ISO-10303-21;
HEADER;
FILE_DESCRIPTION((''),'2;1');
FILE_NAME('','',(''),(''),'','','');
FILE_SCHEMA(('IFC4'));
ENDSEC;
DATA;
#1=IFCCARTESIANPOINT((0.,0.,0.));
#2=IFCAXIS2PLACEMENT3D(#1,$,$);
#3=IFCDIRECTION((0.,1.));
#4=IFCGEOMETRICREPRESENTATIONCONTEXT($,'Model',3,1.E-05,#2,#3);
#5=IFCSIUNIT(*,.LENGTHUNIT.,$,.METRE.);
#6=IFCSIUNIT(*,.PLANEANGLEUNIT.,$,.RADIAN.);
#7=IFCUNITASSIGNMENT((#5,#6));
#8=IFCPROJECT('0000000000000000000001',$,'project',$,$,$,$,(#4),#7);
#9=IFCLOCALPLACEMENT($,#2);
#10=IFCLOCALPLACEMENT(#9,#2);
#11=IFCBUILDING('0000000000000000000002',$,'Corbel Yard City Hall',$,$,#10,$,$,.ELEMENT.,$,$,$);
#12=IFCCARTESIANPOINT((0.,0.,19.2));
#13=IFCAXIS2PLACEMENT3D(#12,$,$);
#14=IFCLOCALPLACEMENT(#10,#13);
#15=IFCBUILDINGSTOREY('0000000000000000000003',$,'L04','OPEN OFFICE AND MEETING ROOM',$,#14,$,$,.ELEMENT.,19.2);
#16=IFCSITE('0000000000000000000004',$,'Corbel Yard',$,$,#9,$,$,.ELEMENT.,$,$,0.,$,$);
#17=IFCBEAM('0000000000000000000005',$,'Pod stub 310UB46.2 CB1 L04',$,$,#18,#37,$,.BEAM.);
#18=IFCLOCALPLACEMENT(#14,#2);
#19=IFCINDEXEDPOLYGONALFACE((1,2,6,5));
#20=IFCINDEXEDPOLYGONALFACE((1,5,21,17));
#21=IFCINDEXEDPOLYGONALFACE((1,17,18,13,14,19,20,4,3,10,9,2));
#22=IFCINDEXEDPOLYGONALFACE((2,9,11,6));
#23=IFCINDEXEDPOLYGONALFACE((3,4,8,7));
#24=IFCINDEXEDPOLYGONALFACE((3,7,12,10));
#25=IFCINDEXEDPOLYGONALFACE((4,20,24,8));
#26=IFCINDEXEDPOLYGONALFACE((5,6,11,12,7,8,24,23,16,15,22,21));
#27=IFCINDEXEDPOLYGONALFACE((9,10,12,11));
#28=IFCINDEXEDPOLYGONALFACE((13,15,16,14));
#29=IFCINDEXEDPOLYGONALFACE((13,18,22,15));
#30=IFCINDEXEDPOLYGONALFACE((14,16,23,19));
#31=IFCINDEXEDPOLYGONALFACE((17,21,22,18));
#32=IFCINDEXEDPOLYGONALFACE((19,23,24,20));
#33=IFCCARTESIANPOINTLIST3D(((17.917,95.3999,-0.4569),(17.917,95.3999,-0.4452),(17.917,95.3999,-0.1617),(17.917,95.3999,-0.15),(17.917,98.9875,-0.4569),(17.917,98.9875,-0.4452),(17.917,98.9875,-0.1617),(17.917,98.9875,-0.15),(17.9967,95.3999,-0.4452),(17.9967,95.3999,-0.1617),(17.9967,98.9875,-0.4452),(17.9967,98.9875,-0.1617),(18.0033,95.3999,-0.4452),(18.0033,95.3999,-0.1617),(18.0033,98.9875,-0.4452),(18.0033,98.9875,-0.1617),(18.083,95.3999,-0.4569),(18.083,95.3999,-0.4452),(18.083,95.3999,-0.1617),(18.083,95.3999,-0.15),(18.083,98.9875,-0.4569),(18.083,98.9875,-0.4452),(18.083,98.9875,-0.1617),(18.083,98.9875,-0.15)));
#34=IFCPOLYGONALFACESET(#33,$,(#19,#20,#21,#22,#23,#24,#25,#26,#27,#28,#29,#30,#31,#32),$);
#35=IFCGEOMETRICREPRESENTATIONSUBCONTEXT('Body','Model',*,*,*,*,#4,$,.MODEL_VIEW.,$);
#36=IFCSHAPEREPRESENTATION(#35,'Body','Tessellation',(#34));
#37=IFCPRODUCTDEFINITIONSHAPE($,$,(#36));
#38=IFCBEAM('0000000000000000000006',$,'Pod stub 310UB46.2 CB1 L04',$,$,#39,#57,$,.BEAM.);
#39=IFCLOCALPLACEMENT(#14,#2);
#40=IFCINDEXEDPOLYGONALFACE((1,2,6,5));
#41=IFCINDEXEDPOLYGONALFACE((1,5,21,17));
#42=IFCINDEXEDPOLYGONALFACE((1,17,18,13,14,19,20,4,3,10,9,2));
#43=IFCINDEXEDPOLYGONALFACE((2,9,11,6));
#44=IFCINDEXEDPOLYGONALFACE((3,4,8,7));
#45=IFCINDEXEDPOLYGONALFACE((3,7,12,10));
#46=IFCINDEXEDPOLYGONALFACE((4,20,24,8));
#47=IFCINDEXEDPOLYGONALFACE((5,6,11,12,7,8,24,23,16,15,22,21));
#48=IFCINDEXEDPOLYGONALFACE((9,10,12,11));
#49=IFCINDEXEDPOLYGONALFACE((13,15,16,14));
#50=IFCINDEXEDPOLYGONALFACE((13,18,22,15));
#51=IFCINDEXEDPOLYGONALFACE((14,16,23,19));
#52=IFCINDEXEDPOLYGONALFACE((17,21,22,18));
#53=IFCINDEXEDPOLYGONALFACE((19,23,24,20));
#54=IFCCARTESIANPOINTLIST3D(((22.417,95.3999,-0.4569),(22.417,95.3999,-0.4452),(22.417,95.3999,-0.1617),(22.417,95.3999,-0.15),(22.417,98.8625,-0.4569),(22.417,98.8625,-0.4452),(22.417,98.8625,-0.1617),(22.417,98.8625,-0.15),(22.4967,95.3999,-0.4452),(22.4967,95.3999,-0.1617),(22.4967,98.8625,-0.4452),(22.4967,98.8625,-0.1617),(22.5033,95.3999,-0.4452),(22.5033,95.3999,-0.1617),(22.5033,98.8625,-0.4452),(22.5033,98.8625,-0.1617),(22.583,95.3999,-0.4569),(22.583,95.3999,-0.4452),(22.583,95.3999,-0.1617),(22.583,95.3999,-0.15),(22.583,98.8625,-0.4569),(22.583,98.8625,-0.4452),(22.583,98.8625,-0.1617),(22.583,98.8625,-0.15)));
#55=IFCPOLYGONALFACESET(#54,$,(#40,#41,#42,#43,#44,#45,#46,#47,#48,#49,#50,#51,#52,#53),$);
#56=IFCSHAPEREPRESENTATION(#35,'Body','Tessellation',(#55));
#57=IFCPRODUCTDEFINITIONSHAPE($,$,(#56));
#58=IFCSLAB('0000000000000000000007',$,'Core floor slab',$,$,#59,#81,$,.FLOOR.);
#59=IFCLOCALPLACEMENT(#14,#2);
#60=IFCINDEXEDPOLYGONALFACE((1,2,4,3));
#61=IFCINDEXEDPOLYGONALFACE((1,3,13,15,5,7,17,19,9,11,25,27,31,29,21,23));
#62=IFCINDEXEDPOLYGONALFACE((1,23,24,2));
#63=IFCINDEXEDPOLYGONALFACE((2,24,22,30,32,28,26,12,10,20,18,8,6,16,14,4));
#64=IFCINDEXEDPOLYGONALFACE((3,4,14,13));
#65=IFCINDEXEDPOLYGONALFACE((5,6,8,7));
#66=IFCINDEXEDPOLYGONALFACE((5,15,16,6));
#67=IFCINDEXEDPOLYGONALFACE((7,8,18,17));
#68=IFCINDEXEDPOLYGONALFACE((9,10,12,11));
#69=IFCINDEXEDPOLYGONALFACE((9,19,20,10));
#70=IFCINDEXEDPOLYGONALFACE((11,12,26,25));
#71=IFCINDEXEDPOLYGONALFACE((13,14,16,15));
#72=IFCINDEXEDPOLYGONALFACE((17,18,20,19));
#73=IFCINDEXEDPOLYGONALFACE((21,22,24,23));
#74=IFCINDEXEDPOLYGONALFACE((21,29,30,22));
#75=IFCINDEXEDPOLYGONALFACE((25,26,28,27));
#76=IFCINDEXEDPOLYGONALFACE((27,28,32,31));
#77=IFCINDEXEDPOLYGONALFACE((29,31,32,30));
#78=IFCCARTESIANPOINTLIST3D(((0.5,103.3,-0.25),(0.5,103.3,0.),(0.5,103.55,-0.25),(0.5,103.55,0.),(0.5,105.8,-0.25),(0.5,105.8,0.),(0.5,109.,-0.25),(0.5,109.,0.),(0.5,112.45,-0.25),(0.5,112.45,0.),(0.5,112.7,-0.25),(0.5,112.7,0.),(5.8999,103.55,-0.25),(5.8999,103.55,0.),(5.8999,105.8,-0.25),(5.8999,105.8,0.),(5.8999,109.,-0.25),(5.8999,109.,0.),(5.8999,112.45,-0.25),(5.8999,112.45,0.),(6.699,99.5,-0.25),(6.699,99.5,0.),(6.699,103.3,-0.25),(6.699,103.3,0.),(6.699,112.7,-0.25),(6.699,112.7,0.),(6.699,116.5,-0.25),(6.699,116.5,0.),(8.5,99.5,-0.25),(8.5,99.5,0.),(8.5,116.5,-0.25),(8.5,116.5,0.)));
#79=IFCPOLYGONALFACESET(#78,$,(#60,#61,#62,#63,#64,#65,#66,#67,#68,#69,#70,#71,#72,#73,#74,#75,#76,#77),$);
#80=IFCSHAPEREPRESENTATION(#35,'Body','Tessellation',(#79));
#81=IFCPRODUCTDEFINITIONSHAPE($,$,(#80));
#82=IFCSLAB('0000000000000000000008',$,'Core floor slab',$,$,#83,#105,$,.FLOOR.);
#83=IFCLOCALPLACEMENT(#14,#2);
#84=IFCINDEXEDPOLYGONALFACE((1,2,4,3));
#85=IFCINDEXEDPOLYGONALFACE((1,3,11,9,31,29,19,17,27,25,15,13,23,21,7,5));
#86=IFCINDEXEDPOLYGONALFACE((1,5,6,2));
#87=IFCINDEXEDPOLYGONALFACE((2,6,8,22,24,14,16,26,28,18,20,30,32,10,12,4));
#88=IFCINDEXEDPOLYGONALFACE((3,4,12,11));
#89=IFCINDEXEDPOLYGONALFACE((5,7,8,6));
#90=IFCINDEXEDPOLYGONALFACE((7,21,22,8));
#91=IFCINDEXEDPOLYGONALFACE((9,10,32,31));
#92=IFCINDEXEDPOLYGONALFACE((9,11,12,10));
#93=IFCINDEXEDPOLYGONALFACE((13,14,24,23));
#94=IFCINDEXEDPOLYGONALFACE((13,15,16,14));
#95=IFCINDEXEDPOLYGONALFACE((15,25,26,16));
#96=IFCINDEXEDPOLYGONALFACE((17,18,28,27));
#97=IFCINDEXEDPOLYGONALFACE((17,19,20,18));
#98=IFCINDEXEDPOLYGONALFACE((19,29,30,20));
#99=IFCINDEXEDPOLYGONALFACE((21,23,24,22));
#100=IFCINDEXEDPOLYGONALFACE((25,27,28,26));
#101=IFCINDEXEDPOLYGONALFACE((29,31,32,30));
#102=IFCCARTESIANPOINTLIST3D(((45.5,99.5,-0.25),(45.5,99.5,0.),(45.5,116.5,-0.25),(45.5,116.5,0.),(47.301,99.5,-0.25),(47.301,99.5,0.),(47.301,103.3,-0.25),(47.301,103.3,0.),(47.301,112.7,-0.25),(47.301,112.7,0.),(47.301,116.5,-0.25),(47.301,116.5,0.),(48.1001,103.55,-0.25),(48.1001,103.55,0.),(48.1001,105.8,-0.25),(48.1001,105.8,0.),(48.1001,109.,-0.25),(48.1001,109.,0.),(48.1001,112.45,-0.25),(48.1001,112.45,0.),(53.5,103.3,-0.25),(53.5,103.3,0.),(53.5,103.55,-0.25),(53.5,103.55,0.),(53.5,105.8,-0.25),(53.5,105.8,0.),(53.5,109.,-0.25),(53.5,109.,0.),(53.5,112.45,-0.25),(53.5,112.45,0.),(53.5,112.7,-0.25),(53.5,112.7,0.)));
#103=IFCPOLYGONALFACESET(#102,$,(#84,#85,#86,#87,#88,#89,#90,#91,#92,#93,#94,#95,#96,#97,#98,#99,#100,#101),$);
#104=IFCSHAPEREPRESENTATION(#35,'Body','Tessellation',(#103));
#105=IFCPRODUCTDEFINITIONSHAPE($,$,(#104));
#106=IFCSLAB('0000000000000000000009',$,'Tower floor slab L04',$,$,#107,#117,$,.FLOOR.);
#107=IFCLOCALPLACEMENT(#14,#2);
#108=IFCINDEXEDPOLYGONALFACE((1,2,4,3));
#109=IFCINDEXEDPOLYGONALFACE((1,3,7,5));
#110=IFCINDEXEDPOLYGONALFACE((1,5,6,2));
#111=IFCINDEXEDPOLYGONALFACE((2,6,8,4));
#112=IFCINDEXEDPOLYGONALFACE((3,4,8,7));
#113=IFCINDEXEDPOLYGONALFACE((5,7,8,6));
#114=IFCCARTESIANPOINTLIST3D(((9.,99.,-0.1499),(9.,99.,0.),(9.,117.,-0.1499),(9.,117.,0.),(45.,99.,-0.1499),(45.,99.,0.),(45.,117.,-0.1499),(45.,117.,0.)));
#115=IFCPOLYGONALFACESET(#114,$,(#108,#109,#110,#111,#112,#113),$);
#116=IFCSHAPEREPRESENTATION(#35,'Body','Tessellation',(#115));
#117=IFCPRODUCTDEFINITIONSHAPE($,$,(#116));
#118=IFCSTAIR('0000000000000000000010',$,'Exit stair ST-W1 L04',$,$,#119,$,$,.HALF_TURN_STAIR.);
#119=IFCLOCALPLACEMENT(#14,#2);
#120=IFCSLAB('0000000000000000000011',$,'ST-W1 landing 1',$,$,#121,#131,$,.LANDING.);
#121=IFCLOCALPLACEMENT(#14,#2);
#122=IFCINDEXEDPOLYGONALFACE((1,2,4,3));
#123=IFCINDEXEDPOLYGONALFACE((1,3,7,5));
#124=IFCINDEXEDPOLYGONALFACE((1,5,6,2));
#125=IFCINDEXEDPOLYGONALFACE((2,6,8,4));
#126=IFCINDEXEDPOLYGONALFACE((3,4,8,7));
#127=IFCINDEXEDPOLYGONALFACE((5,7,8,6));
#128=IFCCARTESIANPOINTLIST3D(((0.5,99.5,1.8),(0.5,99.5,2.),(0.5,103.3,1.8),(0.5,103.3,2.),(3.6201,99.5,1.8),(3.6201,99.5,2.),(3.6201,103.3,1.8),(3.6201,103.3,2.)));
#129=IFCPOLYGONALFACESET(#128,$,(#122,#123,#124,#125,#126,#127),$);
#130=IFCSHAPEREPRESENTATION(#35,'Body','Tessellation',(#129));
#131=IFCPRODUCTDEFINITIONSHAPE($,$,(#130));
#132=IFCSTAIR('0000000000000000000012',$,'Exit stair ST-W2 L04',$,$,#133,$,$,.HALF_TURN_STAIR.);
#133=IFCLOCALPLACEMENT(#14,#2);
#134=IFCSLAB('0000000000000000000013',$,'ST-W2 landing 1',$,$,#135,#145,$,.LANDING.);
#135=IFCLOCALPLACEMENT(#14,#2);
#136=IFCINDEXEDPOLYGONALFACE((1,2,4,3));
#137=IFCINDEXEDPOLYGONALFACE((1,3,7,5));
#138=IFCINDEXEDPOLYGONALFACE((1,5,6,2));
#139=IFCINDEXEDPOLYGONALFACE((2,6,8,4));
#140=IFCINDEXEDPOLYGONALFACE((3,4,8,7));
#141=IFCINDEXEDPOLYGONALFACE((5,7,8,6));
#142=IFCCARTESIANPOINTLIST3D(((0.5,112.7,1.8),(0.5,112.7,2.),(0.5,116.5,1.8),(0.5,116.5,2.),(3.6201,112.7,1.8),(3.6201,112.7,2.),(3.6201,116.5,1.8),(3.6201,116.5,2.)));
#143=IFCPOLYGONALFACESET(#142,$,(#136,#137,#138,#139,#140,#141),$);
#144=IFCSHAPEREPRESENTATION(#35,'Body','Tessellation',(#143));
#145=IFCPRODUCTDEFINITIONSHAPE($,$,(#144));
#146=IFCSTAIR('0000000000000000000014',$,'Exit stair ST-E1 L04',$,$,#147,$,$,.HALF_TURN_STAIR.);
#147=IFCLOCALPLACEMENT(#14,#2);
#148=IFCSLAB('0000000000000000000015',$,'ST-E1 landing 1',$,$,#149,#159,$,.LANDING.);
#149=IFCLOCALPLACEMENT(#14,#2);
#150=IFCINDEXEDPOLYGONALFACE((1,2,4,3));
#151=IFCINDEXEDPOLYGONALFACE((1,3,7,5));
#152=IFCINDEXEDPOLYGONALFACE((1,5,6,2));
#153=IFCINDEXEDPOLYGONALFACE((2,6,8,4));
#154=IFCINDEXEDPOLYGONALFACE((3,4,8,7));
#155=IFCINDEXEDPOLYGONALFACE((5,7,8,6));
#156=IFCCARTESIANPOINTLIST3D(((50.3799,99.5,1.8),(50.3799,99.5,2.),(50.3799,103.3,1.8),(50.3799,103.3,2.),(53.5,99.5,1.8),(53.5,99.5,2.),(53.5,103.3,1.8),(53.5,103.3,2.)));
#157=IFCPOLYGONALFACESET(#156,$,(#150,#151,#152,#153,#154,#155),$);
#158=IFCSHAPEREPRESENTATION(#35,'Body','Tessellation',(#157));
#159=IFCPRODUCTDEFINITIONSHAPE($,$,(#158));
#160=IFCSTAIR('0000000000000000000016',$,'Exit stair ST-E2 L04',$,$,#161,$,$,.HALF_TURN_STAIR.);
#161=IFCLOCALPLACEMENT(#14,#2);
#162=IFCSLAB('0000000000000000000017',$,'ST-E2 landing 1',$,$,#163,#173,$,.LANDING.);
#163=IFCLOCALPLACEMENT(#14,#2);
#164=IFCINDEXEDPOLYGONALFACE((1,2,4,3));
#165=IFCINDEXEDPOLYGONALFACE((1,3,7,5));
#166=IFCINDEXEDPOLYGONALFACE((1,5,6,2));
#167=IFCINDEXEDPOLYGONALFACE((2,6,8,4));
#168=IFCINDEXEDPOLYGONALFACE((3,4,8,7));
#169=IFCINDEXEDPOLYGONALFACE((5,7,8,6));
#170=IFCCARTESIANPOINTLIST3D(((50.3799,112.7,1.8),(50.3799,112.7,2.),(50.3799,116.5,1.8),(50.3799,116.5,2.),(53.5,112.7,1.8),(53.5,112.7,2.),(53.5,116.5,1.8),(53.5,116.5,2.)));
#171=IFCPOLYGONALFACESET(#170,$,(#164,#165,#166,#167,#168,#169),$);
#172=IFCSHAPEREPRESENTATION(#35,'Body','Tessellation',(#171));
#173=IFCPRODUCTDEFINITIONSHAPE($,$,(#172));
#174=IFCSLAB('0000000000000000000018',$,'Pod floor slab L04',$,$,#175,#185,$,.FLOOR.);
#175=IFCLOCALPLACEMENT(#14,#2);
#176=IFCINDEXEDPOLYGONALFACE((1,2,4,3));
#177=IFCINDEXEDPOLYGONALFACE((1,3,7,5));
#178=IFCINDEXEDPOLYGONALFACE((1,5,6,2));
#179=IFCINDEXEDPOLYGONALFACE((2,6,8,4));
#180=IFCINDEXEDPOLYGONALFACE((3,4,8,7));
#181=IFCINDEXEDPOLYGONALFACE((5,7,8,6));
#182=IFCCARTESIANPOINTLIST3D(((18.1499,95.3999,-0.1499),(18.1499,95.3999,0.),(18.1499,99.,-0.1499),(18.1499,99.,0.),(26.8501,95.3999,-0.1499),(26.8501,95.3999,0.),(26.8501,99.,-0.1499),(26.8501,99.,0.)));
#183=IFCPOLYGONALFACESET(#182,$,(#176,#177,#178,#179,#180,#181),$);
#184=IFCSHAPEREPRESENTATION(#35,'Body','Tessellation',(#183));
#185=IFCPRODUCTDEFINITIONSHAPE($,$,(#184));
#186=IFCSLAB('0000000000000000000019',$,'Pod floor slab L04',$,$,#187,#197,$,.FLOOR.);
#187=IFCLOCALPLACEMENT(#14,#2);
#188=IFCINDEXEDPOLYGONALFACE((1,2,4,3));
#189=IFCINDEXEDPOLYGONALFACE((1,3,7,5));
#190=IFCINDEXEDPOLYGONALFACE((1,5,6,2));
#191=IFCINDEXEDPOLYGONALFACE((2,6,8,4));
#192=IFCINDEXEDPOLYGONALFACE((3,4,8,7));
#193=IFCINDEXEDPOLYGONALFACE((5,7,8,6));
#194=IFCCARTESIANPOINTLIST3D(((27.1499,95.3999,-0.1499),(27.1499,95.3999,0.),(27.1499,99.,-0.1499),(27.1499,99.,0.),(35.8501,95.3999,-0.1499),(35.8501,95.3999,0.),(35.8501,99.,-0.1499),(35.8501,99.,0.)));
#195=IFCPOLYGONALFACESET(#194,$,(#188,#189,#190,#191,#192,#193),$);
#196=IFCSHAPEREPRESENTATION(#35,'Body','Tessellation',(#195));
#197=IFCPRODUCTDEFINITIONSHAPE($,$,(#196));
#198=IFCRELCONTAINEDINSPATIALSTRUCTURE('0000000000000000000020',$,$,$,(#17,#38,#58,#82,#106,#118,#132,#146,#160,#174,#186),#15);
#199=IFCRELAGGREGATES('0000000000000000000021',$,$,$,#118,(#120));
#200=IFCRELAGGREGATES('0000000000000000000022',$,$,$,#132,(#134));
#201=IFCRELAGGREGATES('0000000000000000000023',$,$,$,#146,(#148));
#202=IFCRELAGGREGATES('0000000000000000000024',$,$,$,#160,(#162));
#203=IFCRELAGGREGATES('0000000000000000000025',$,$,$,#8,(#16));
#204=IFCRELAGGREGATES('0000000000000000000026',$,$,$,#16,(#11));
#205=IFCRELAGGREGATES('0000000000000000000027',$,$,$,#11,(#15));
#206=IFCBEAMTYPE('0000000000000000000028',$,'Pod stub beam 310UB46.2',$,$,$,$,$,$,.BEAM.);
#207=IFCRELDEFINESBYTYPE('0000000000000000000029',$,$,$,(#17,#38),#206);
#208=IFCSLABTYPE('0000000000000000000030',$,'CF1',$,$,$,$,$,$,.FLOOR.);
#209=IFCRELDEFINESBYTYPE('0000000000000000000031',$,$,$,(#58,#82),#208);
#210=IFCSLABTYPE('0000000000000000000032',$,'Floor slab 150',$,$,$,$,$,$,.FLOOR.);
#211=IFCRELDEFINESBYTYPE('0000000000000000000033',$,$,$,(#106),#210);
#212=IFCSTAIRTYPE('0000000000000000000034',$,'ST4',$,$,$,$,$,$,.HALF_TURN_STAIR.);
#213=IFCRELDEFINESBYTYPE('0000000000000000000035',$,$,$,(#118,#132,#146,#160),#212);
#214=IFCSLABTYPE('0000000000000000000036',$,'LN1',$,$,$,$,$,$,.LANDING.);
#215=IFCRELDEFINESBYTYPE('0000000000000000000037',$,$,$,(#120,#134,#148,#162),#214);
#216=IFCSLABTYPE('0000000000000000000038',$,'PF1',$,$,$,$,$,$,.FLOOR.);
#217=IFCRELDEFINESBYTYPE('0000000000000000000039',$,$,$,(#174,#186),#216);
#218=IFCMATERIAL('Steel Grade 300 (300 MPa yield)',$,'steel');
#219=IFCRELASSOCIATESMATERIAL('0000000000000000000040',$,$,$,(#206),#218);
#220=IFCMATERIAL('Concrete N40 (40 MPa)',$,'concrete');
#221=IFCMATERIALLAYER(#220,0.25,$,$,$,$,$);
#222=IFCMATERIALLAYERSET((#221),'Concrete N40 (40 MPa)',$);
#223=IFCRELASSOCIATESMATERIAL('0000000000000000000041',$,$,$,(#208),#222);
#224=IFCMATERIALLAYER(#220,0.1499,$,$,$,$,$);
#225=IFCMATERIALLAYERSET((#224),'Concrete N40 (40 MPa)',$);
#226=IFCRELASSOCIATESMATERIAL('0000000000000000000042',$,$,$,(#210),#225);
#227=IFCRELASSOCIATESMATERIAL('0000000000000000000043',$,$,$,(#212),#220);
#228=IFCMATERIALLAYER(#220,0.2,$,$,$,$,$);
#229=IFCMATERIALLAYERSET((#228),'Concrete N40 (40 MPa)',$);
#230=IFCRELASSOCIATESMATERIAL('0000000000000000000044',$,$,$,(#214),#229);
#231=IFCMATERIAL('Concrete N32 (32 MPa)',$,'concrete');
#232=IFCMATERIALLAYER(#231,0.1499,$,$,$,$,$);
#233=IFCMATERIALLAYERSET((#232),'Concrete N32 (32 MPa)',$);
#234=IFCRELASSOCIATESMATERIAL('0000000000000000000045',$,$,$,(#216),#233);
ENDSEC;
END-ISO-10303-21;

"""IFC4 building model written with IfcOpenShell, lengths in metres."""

from ifc_helpers import new_model, si_unit, direction, frame, origin, origin_2d, place, context, subcontext, project, spatial, polyline, i_section, outline, extrude, material, layer, layer_set, material_profile, profile_set, type_object, element, aggregate, save


model = new_model("IFC4")

# Units and contexts
model_context = context("Model", 3, precision=1e-05, world=origin(), true_north=direction((0.0, 1.0)))
body_context = subcontext(model_context, "Body", "Model", "MODEL_VIEW")
ifc_project = project(units=[si_unit("LENGTHUNIT", "METRE"), si_unit("PLANEANGLEUNIT", "RADIAN")], contexts=[model_context])

# Site, building, storey
site_placement = place(None, origin())
site = spatial("IfcSite", under=ifc_project, at=site_placement, Name="Corbel Yard", CompositionType="ELEMENT", RefElevation=0.0)
building_placement = place(site_placement, origin())
building = spatial("IfcBuilding", under=site, at=building_placement, Name="Corbel Yard City Hall", CompositionType="ELEMENT")
storey_placement = place(building_placement, frame((0.0, 0.0, 19.2)))
storey = spatial("IfcBuildingStorey", under=building, at=storey_placement, Name="L04", Description="OPEN OFFICE AND MEETING ROOM", CompositionType="ELEMENT", Elevation=19.2)

# Beams
ifc_material_1 = material(Name="Steel Grade 300 (300 MPa yield)", Category="steel")
ifc_material_profile = material_profile(ifc_material_1, i_section(OverallWidth=0.166, OverallDepth=0.3069, WebThickness=0.0066, FlangeThickness=0.0117, at=origin_2d()), Name="310UB46.2")
ifc_profile_set = profile_set([ifc_material_profile], Name="Steel Grade 300 (300 MPa yield)")
beam_type = type_object("IfcBeamType", Name="Pod stub beam 310UB46.2", PredefinedType="BEAM", material=ifc_profile_set)
beam_1_placement = place(storey_placement, frame((18.0, 95.3999, -0.3035), z_axis=(0.0, 1.0, 0.0), x_axis=(-1.0, 0.0, 0.0)))
element("IfcBeam", 1, at=beam_1_placement, inside=storey, type_object=beam_type, Name="Pod stub 310UB46.2 CB1 L04", PredefinedType="BEAM", context=body_context, shape_type="SweptSolid", body=[
    extrude(i_section(OverallWidth=0.166, OverallDepth=0.3069, WebThickness=0.0066, FlangeThickness=0.0117, at=origin_2d()), origin(), (0.0, 0.0, 1.0), 3.5876),
])
beam_2_placement = place(storey_placement, frame((22.5, 95.3999, -0.3035), z_axis=(0.0, 1.0, 0.0), x_axis=(-1.0, 0.0, 0.0)))
element("IfcBeam", 2, at=beam_2_placement, inside=storey, type_object=beam_type, Name="Pod stub 310UB46.2 CB1 L04", PredefinedType="BEAM", context=body_context, shape_type="SweptSolid", body=[
    extrude(i_section(OverallWidth=0.166, OverallDepth=0.3069, WebThickness=0.0066, FlangeThickness=0.0117, at=origin_2d()), origin(), (0.0, 0.0, 1.0), 3.4626),
])

# Slabs
ifc_material_2 = material(Name="Concrete N40 (40 MPa)", Category="concrete")
ifc_layer_1 = layer(ifc_material_2, 0.25)
ifc_layer_set_1 = layer_set([ifc_layer_1], Name="Concrete N40 (40 MPa)")
slab_type_1 = type_object("IfcSlabType", Name="CF1", PredefinedType="FLOOR", material=ifc_layer_set_1)
slab_1_placement = place(storey_placement, frame((0.0, 0.0, -0.25)))
element("IfcSlab", 3, at=slab_1_placement, inside=storey, type_object=slab_type_1, Name="Core floor slab", PredefinedType="FLOOR", context=body_context, shape_type="SweptSolid", body=[
    extrude(outline(polyline([(8.5, 116.5), (6.699, 116.5), (6.699, 112.7), (0.5, 112.7), (0.5, 112.45), (5.8999, 112.45), (5.8999, 109.0), (0.5, 109.0), (0.5, 105.8), (5.8999, 105.8), (5.8999, 103.55), (0.5, 103.55), (0.5, 103.3), (6.699, 103.3), (6.699, 99.5), (8.5, 99.5), (8.5, 116.5)])), origin(), (0.0, 0.0, 1.0), 0.25),
])
slab_2_placement = place(storey_placement, frame((0.0, 0.0, -0.25)))
element("IfcSlab", 4, at=slab_2_placement, inside=storey, type_object=slab_type_1, Name="Core floor slab", PredefinedType="FLOOR", context=body_context, shape_type="SweptSolid", body=[
    extrude(outline(polyline([(53.5, 103.3), (53.5, 103.55), (48.1001, 103.55), (48.1001, 105.8), (53.5, 105.8), (53.5, 109.0), (48.1001, 109.0), (48.1001, 112.45), (53.5, 112.45), (53.5, 112.7), (47.301, 112.7), (47.301, 116.5), (45.5, 116.5), (45.5, 99.5), (47.301, 99.5), (47.301, 103.3), (53.5, 103.3)])), origin(), (0.0, 0.0, 1.0), 0.25),
])
ifc_layer_2 = layer(ifc_material_2, 0.1499)
ifc_layer_set_2 = layer_set([ifc_layer_2], Name="Concrete N40 (40 MPa)")
slab_type_2 = type_object("IfcSlabType", Name="Floor slab 150", PredefinedType="FLOOR", material=ifc_layer_set_2)
slab_3_placement = place(storey_placement, frame((0.0, 0.0, -0.1499)))
element("IfcSlab", 5, at=slab_3_placement, inside=storey, type_object=slab_type_2, Name="Tower floor slab L04", PredefinedType="FLOOR", context=body_context, shape_type="SweptSolid", body=[
    extrude(outline(polyline([(45.0, 99.0), (45.0, 117.0), (9.0, 117.0), (9.0, 99.0), (45.0, 99.0)])), origin(), (0.0, 0.0, 1.0), 0.1499),
])

# Stairs, slabs
stair_type = type_object("IfcStairType", Name="ST4", PredefinedType="HALF_TURN_STAIR", material=ifc_material_2)
stair_1_placement = place(storey_placement, origin())
stair_1 = element("IfcStair", 6, at=stair_1_placement, inside=storey, type_object=stair_type, Name="Exit stair ST-W1 L04", PredefinedType="HALF_TURN_STAIR")
ifc_layer_3 = layer(ifc_material_2, 0.2)
ifc_layer_set_3 = layer_set([ifc_layer_3], Name="Concrete N40 (40 MPa)")
slab_type_3 = type_object("IfcSlabType", Name="LN1", PredefinedType="LANDING", material=ifc_layer_set_3)
slab_4_placement = place(storey_placement, frame((0.0, 0.0, 1.8)))
slab_4 = element("IfcSlab", 7, at=slab_4_placement, type_object=slab_type_3, Name="ST-W1 landing 1", PredefinedType="LANDING", context=body_context, shape_type="SweptSolid", body=[
    extrude(outline(polyline([(0.5, 99.5), (3.6201, 99.5), (3.6201, 103.3), (0.5, 103.3), (0.5, 99.5)])), origin(), (0.0, 0.0, 1.0), 0.2),
])
aggregate(stair_1, [slab_4])
stair_2_placement = place(storey_placement, origin())
stair_2 = element("IfcStair", 8, at=stair_2_placement, inside=storey, type_object=stair_type, Name="Exit stair ST-W2 L04", PredefinedType="HALF_TURN_STAIR")
slab_5_placement = place(storey_placement, frame((0.0, 0.0, 1.8)))
slab_5 = element("IfcSlab", 9, at=slab_5_placement, type_object=slab_type_3, Name="ST-W2 landing 1", PredefinedType="LANDING", context=body_context, shape_type="SweptSolid", body=[
    extrude(outline(polyline([(0.5, 112.7), (3.6201, 112.7), (3.6201, 116.5), (0.5, 116.5), (0.5, 112.7)])), origin(), (0.0, 0.0, 1.0), 0.2),
])
aggregate(stair_2, [slab_5])
stair_3_placement = place(storey_placement, origin())
stair_3 = element("IfcStair", 10, at=stair_3_placement, inside=storey, type_object=stair_type, Name="Exit stair ST-E1 L04", PredefinedType="HALF_TURN_STAIR")
slab_6_placement = place(storey_placement, frame((0.0, 0.0, 1.8)))
slab_6 = element("IfcSlab", 11, at=slab_6_placement, type_object=slab_type_3, Name="ST-E1 landing 1", PredefinedType="LANDING", context=body_context, shape_type="SweptSolid", body=[
    extrude(outline(polyline([(50.3799, 99.5), (53.5, 99.5), (53.5, 103.3), (50.3799, 103.3), (50.3799, 99.5)])), origin(), (0.0, 0.0, 1.0), 0.2),
])
aggregate(stair_3, [slab_6])
stair_4_placement = place(storey_placement, origin())
stair_4 = element("IfcStair", 12, at=stair_4_placement, inside=storey, type_object=stair_type, Name="Exit stair ST-E2 L04", PredefinedType="HALF_TURN_STAIR")
slab_7_placement = place(storey_placement, frame((0.0, 0.0, 1.8)))
slab_7 = element("IfcSlab", 13, at=slab_7_placement, type_object=slab_type_3, Name="ST-E2 landing 1", PredefinedType="LANDING", context=body_context, shape_type="SweptSolid", body=[
    extrude(outline(polyline([(50.3799, 112.7), (53.5, 112.7), (53.5, 116.5), (50.3799, 116.5), (50.3799, 112.7)])), origin(), (0.0, 0.0, 1.0), 0.2),
])
aggregate(stair_4, [slab_7])

# Slabs
ifc_material_3 = material(Name="Concrete N32 (32 MPa)", Category="concrete")
ifc_layer_4 = layer(ifc_material_3, 0.1499)
ifc_layer_set_4 = layer_set([ifc_layer_4], Name="Concrete N32 (32 MPa)")
slab_type_4 = type_object("IfcSlabType", Name="PF1", PredefinedType="FLOOR", material=ifc_layer_set_4)
slab_8_placement = place(storey_placement, frame((0.0, 0.0, -0.1499)))
element("IfcSlab", 14, at=slab_8_placement, inside=storey, type_object=slab_type_4, Name="Pod floor slab L04", PredefinedType="FLOOR", context=body_context, shape_type="SweptSolid", body=[
    extrude(outline(polyline([(18.1499, 95.3999), (26.8501, 95.3999), (26.8501, 99.0), (18.1499, 99.0), (18.1499, 95.3999)])), origin(), (0.0, 0.0, 1.0), 0.1499),
])
slab_9_placement = place(storey_placement, frame((0.0, 0.0, -0.1499)))
element("IfcSlab", 15, at=slab_9_placement, inside=storey, type_object=slab_type_4, Name="Pod floor slab L04", PredefinedType="FLOOR", context=body_context, shape_type="SweptSolid", body=[
    extrude(outline(polyline([(27.1499, 95.3999), (35.8501, 95.3999), (35.8501, 99.0), (27.1499, 99.0), (27.1499, 95.3999)])), origin(), (0.0, 0.0, 1.0), 0.1499),
])

save(model, "model.ifc")
